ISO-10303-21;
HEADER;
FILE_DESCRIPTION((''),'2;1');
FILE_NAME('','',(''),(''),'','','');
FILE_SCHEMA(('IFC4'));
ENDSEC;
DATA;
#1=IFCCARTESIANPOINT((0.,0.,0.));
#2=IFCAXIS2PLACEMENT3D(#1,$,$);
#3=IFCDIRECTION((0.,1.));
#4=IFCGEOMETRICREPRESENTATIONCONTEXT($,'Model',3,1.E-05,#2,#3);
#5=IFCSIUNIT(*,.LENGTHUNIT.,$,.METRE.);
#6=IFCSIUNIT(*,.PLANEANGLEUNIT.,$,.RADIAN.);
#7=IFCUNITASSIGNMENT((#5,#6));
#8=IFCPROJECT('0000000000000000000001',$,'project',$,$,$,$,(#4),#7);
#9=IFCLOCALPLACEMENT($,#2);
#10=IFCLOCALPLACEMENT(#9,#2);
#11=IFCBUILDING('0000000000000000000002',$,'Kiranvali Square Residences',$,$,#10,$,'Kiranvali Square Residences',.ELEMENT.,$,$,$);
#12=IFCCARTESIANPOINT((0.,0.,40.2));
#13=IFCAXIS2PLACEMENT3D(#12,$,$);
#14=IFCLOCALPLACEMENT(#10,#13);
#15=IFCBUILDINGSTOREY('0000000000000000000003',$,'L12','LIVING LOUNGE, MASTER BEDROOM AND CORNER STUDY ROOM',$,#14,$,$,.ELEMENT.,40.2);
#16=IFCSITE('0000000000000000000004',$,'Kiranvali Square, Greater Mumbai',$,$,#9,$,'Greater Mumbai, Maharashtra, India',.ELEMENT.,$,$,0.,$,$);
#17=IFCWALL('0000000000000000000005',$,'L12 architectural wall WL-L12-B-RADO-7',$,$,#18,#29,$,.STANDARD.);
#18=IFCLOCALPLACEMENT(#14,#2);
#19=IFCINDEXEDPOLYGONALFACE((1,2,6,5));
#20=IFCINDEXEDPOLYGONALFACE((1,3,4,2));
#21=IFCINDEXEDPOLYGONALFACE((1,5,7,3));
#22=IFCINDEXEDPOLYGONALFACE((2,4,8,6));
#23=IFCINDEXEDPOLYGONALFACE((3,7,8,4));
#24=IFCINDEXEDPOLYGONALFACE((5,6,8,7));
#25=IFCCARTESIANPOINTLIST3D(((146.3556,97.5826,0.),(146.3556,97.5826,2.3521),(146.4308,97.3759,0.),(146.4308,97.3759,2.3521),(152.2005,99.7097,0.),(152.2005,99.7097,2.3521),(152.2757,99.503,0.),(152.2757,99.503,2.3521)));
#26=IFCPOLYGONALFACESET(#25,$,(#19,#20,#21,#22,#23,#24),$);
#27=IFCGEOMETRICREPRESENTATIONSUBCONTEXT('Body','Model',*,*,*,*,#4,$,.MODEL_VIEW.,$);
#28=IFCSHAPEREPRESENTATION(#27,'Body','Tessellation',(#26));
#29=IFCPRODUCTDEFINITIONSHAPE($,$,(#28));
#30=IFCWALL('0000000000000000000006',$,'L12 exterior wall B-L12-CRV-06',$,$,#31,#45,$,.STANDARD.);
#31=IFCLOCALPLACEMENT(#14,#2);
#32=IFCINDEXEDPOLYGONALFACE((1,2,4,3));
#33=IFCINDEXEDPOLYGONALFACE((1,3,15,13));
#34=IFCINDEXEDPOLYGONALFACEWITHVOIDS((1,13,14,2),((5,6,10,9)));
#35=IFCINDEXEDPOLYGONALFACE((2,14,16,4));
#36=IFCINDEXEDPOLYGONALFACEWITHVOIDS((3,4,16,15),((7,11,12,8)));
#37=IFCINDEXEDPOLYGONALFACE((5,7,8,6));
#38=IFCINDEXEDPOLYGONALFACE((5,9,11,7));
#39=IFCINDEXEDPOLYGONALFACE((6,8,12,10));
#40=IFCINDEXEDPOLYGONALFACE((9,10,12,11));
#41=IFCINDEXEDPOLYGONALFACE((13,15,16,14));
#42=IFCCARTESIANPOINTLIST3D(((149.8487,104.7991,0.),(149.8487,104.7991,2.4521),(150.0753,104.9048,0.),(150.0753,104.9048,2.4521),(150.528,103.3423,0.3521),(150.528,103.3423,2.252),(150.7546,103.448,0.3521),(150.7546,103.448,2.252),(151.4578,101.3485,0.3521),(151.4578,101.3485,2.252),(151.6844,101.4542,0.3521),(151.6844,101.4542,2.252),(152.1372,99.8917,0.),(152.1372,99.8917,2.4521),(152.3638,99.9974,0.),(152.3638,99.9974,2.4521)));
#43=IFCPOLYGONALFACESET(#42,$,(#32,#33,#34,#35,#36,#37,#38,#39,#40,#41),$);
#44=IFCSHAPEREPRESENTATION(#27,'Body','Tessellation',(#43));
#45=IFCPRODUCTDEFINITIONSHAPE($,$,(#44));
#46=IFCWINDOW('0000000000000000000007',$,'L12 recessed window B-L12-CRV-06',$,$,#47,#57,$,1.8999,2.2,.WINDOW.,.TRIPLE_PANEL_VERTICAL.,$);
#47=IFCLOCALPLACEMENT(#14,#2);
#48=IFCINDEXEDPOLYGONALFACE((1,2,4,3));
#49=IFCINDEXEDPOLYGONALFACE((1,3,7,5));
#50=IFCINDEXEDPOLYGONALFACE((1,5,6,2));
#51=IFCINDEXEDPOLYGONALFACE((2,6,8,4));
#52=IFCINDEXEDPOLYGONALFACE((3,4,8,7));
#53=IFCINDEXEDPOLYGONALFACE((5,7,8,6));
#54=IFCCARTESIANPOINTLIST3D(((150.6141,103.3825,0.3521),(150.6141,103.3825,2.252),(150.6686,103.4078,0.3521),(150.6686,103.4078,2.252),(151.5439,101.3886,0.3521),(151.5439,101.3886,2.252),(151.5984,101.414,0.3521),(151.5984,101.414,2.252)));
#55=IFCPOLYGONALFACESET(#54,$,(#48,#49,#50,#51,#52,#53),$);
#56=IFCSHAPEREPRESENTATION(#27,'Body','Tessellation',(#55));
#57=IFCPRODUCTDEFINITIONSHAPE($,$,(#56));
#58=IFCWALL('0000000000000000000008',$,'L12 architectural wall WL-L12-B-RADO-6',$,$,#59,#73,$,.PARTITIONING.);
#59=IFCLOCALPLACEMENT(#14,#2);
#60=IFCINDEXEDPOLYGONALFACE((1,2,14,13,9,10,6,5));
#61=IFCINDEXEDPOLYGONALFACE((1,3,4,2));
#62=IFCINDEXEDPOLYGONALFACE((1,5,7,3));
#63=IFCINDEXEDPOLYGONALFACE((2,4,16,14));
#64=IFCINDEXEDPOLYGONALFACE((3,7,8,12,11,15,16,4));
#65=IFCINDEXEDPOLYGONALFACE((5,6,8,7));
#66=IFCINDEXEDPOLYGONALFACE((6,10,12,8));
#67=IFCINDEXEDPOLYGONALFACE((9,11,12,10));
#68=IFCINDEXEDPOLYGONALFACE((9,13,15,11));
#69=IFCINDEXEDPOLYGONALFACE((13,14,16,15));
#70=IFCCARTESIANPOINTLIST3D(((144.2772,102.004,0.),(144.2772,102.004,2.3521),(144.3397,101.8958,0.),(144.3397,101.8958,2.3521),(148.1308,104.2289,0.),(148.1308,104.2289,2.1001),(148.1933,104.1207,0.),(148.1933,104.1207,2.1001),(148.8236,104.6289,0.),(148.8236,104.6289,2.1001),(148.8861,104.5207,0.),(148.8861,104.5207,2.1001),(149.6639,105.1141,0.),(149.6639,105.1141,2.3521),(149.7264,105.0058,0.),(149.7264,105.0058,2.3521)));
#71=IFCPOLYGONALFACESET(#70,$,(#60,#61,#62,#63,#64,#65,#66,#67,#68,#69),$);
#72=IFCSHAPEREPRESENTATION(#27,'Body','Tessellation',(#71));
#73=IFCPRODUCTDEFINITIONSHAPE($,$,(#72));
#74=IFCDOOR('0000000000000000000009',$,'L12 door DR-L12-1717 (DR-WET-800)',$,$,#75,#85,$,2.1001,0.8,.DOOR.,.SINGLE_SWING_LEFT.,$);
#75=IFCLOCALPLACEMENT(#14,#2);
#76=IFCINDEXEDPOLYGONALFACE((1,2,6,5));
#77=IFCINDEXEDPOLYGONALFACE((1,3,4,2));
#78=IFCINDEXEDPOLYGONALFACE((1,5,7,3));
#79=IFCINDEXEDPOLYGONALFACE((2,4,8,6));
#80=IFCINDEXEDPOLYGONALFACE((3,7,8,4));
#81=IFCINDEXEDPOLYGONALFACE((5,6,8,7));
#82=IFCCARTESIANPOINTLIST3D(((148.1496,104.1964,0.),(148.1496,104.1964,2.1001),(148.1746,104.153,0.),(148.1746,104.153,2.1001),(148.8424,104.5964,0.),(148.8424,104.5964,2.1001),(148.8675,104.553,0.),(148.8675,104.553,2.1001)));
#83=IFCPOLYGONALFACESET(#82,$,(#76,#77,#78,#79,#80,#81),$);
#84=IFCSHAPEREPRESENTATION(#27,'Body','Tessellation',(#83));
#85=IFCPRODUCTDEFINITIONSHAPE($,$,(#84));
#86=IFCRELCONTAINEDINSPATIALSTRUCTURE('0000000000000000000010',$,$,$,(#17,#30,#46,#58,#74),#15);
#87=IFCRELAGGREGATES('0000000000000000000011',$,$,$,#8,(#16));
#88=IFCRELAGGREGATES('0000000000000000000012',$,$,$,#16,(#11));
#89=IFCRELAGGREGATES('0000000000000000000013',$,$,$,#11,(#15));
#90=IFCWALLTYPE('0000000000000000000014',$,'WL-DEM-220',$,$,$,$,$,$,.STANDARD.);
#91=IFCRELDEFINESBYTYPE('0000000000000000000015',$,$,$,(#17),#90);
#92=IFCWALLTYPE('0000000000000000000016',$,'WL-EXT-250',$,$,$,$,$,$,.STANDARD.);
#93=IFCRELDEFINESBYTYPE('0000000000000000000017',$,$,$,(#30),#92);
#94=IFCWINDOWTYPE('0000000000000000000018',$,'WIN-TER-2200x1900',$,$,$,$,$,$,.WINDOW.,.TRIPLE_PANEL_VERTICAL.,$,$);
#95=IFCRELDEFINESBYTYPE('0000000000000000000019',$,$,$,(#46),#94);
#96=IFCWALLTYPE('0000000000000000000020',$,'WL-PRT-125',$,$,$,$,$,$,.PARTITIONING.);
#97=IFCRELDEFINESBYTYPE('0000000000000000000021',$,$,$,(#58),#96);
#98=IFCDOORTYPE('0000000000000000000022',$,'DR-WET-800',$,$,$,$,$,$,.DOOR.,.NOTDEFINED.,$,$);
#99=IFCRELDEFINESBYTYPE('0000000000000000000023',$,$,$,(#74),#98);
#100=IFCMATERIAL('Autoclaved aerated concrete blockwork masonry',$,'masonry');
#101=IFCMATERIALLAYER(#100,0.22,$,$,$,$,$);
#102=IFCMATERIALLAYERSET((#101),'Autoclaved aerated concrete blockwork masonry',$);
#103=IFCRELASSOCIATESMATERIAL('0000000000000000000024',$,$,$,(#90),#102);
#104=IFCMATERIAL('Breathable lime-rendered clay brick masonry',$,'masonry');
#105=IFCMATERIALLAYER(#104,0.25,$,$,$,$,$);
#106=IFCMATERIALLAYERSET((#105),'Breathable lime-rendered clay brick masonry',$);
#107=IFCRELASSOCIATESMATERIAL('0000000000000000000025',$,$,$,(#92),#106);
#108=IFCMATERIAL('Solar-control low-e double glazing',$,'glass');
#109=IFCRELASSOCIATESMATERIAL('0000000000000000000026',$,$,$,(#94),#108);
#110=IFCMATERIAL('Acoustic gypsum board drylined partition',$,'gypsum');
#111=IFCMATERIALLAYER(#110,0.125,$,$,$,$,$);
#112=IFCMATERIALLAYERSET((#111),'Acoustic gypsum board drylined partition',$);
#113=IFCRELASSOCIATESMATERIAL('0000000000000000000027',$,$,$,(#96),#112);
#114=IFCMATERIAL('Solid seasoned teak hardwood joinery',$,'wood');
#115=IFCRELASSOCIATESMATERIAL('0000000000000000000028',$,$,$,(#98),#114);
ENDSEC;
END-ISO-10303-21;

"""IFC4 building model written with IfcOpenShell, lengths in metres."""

from ifc_helpers import new_model, si_unit, direction, frame, frame_2d, origin, place, context, subcontext, project, spatial, rectangle, extrude, material, layer, layer_set, type_object, element, fill, save


model = new_model("IFC4")

# Units and contexts
model_context = context("Model", 3, precision=1e-05, world=origin(), true_north=direction((0.0, 1.0)))
body_context = subcontext(model_context, "Body", "Model", "MODEL_VIEW")
ifc_project = project(units=[si_unit("LENGTHUNIT", "METRE"), si_unit("PLANEANGLEUNIT", "RADIAN")], contexts=[model_context])

# Site, building, storey
site_placement = place(None, origin())
site = spatial("IfcSite", under=ifc_project, at=site_placement, Name="Kiranvali Square, Greater Mumbai", LongName="Greater Mumbai, Maharashtra, India", CompositionType="ELEMENT", RefElevation=0.0)
building_placement = place(site_placement, origin())
building = spatial("IfcBuilding", under=site, at=building_placement, Name="Kiranvali Square Residences", LongName="Kiranvali Square Residences", CompositionType="ELEMENT")
storey_placement = place(building_placement, frame((0.0, 0.0, 40.2)))
storey = spatial("IfcBuildingStorey", under=building, at=storey_placement, Name="L12", Description="LIVING LOUNGE, MASTER BEDROOM AND CORNER STUDY ROOM", CompositionType="ELEMENT", Elevation=40.2)

# Shared definitions
ifc_material_1 = material(Name="Autoclaved aerated concrete blockwork masonry", Category="masonry")

# Wall
ifc_layer_1 = layer(ifc_material_1, 0.22)
ifc_layer_set_1 = layer_set([ifc_layer_1], Name="Autoclaved aerated concrete blockwork masonry")
wall_type_1 = type_object("IfcWallType", Name="WL-DEM-220", PredefinedType="STANDARD", material=ifc_layer_set_1)
wall_1_placement = place(storey_placement, frame((146.3933, 97.4792, 0.0), z_axis=(0.0, 0.0, 1.0), x_axis=(0.939703, 0.341992, 0.0)))
element("IfcWall", 1, at=wall_1_placement, inside=storey, type_object=wall_type_1, Name="L12 architectural wall WL-L12-B-RADO-7", PredefinedType="STANDARD", context=body_context, shape_type="SweptSolid", body=[
    extrude(rectangle(XDim=6.22, YDim=0.22, at=frame_2d((3.1099, 0.0))), origin(), (0.0, 0.0, 1.0), 2.3521),
])

# Wall, opening, window
ifc_material_2 = material(Name="Breathable lime-rendered clay brick masonry", Category="masonry")
ifc_layer_2 = layer(ifc_material_2, 0.25)
ifc_layer_set_2 = layer_set([ifc_layer_2], Name="Breathable lime-rendered clay brick masonry")
wall_type_2 = type_object("IfcWallType", Name="WL-EXT-250", PredefinedType="STANDARD", material=ifc_layer_set_2)
wall_2_placement = place(storey_placement, frame((149.9619, 104.8521, 0.0), z_axis=(0.0, 0.0, 1.0), x_axis=(0.422646, -0.906295, 0.0)))
wall_2 = element("IfcWall", 2, at=wall_2_placement, inside=storey, type_object=wall_type_2, Name="L12 exterior wall B-L12-CRV-06", PredefinedType="STANDARD", context=body_context, shape_type="SweptSolid", body=[
    extrude(rectangle(XDim=5.4148, YDim=0.25, at=frame_2d((2.7075, 0.0))), origin(), (0.0, 0.0, 1.0), 2.4521),
])
opening_1_placement = place(wall_2_placement, frame((1.6074, 0.0, 0.3521)))
opening_1 = element("IfcOpeningElement", 3, at=opening_1_placement, cuts=wall_2, PredefinedType="OPENING", context=body_context, shape_type="SweptSolid", body=[
    extrude(rectangle(XDim=2.2, YDim=1.8999, at=frame_2d((1.1001, 0.95))), frame((0.0, 0.135, 0.0), z_axis=(0.0, -1.0, 0.0), x_axis=(1.0, 0.0, 0.0)), (0.0, 0.0, 1.0), 0.27),
])
ifc_material_3 = material(Name="Solar-control low-e double glazing", Category="glass")
window_type_1 = type_object("IfcWindowType", Name="WIN-TER-2200x1900", PartitioningType="TRIPLE_PANEL_VERTICAL", PredefinedType="WINDOW", material=ifc_material_3)
window_1_placement = place(opening_1_placement, origin())
window_1 = element("IfcWindow", 4, at=window_1_placement, inside=storey, type_object=window_type_1, Name="L12 recessed window B-L12-CRV-06", OverallHeight=1.8999, OverallWidth=2.2, PartitioningType="TRIPLE_PANEL_VERTICAL", PredefinedType="WINDOW", context=body_context, shape_type="SweptSolid", body=[
    extrude(rectangle(XDim=2.2, YDim=1.8999, at=frame_2d((1.1001, 0.95))), frame((0.0, 0.03, 0.0), z_axis=(0.0, -1.0, 0.0), x_axis=(1.0, 0.0, 0.0)), (0.0, 0.0, 1.0), 0.0601),
])
fill(opening_1, window_1)

# Wall, opening, door
ifc_material_4 = material(Name="Acoustic gypsum board drylined partition", Category="gypsum")
ifc_layer_3 = layer(ifc_material_4, 0.125)
ifc_layer_set_3 = layer_set([ifc_layer_3], Name="Acoustic gypsum board drylined partition")
wall_type_3 = type_object("IfcWallType", Name="WL-PRT-125", PredefinedType="PARTITIONING", material=ifc_layer_set_3)
wall_3_placement = place(storey_placement, frame((144.3086, 101.95, 0.0), z_axis=(0.0, 0.0, 1.0), x_axis=(0.86602, 0.50001, 0.0)))
wall_3 = element("IfcWall", 5, at=wall_3_placement, inside=storey, type_object=wall_type_3, Name="L12 architectural wall WL-L12-B-RADO-6", PredefinedType="PARTITIONING", context=body_context, shape_type="SweptSolid", body=[
    extrude(rectangle(XDim=6.22, YDim=0.125, at=frame_2d((3.1099, 0.0))), origin(), (0.0, 0.0, 1.0), 2.3521),
])
opening_2_placement = place(wall_3_placement, frame((4.4497, 0.0, 0.0)))
opening_2 = element("IfcOpeningElement", 6, at=opening_2_placement, cuts=wall_3, PredefinedType="OPENING", context=body_context, shape_type="SweptSolid", body=[
    extrude(rectangle(XDim=0.8, YDim=2.1001, at=frame_2d((0.3999, 1.05))), frame((0.0, 0.0725, 0.0), z_axis=(0.0, -1.0, 0.0), x_axis=(1.0, 0.0, 0.0)), (0.0, 0.0, 1.0), 0.145),
])
ifc_material_5 = material(Name="Solid seasoned teak hardwood joinery", Category="wood")
door_type_1 = type_object("IfcDoorType", Name="DR-WET-800", OperationType="NOTDEFINED", PredefinedType="DOOR", material=ifc_material_5)
door_1_placement = place(opening_2_placement, origin())
door_1 = element("IfcDoor", 7, at=door_1_placement, inside=storey, type_object=door_type_1, Name="L12 door DR-L12-1717 (DR-WET-800)", OperationType="SINGLE_SWING_LEFT", OverallHeight=2.1001, OverallWidth=0.8, PredefinedType="DOOR", context=body_context, shape_type="SweptSolid", body=[
    extrude(rectangle(XDim=0.8, YDim=2.1001, at=frame_2d((0.3999, 1.05))), frame((0.0, 0.0249, 0.0), z_axis=(0.0, -1.0, 0.0), x_axis=(1.0, 0.0, 0.0)), (0.0, 0.0, 1.0), 0.05),
])
fill(opening_2, door_1)

save(model, "model.ifc")
